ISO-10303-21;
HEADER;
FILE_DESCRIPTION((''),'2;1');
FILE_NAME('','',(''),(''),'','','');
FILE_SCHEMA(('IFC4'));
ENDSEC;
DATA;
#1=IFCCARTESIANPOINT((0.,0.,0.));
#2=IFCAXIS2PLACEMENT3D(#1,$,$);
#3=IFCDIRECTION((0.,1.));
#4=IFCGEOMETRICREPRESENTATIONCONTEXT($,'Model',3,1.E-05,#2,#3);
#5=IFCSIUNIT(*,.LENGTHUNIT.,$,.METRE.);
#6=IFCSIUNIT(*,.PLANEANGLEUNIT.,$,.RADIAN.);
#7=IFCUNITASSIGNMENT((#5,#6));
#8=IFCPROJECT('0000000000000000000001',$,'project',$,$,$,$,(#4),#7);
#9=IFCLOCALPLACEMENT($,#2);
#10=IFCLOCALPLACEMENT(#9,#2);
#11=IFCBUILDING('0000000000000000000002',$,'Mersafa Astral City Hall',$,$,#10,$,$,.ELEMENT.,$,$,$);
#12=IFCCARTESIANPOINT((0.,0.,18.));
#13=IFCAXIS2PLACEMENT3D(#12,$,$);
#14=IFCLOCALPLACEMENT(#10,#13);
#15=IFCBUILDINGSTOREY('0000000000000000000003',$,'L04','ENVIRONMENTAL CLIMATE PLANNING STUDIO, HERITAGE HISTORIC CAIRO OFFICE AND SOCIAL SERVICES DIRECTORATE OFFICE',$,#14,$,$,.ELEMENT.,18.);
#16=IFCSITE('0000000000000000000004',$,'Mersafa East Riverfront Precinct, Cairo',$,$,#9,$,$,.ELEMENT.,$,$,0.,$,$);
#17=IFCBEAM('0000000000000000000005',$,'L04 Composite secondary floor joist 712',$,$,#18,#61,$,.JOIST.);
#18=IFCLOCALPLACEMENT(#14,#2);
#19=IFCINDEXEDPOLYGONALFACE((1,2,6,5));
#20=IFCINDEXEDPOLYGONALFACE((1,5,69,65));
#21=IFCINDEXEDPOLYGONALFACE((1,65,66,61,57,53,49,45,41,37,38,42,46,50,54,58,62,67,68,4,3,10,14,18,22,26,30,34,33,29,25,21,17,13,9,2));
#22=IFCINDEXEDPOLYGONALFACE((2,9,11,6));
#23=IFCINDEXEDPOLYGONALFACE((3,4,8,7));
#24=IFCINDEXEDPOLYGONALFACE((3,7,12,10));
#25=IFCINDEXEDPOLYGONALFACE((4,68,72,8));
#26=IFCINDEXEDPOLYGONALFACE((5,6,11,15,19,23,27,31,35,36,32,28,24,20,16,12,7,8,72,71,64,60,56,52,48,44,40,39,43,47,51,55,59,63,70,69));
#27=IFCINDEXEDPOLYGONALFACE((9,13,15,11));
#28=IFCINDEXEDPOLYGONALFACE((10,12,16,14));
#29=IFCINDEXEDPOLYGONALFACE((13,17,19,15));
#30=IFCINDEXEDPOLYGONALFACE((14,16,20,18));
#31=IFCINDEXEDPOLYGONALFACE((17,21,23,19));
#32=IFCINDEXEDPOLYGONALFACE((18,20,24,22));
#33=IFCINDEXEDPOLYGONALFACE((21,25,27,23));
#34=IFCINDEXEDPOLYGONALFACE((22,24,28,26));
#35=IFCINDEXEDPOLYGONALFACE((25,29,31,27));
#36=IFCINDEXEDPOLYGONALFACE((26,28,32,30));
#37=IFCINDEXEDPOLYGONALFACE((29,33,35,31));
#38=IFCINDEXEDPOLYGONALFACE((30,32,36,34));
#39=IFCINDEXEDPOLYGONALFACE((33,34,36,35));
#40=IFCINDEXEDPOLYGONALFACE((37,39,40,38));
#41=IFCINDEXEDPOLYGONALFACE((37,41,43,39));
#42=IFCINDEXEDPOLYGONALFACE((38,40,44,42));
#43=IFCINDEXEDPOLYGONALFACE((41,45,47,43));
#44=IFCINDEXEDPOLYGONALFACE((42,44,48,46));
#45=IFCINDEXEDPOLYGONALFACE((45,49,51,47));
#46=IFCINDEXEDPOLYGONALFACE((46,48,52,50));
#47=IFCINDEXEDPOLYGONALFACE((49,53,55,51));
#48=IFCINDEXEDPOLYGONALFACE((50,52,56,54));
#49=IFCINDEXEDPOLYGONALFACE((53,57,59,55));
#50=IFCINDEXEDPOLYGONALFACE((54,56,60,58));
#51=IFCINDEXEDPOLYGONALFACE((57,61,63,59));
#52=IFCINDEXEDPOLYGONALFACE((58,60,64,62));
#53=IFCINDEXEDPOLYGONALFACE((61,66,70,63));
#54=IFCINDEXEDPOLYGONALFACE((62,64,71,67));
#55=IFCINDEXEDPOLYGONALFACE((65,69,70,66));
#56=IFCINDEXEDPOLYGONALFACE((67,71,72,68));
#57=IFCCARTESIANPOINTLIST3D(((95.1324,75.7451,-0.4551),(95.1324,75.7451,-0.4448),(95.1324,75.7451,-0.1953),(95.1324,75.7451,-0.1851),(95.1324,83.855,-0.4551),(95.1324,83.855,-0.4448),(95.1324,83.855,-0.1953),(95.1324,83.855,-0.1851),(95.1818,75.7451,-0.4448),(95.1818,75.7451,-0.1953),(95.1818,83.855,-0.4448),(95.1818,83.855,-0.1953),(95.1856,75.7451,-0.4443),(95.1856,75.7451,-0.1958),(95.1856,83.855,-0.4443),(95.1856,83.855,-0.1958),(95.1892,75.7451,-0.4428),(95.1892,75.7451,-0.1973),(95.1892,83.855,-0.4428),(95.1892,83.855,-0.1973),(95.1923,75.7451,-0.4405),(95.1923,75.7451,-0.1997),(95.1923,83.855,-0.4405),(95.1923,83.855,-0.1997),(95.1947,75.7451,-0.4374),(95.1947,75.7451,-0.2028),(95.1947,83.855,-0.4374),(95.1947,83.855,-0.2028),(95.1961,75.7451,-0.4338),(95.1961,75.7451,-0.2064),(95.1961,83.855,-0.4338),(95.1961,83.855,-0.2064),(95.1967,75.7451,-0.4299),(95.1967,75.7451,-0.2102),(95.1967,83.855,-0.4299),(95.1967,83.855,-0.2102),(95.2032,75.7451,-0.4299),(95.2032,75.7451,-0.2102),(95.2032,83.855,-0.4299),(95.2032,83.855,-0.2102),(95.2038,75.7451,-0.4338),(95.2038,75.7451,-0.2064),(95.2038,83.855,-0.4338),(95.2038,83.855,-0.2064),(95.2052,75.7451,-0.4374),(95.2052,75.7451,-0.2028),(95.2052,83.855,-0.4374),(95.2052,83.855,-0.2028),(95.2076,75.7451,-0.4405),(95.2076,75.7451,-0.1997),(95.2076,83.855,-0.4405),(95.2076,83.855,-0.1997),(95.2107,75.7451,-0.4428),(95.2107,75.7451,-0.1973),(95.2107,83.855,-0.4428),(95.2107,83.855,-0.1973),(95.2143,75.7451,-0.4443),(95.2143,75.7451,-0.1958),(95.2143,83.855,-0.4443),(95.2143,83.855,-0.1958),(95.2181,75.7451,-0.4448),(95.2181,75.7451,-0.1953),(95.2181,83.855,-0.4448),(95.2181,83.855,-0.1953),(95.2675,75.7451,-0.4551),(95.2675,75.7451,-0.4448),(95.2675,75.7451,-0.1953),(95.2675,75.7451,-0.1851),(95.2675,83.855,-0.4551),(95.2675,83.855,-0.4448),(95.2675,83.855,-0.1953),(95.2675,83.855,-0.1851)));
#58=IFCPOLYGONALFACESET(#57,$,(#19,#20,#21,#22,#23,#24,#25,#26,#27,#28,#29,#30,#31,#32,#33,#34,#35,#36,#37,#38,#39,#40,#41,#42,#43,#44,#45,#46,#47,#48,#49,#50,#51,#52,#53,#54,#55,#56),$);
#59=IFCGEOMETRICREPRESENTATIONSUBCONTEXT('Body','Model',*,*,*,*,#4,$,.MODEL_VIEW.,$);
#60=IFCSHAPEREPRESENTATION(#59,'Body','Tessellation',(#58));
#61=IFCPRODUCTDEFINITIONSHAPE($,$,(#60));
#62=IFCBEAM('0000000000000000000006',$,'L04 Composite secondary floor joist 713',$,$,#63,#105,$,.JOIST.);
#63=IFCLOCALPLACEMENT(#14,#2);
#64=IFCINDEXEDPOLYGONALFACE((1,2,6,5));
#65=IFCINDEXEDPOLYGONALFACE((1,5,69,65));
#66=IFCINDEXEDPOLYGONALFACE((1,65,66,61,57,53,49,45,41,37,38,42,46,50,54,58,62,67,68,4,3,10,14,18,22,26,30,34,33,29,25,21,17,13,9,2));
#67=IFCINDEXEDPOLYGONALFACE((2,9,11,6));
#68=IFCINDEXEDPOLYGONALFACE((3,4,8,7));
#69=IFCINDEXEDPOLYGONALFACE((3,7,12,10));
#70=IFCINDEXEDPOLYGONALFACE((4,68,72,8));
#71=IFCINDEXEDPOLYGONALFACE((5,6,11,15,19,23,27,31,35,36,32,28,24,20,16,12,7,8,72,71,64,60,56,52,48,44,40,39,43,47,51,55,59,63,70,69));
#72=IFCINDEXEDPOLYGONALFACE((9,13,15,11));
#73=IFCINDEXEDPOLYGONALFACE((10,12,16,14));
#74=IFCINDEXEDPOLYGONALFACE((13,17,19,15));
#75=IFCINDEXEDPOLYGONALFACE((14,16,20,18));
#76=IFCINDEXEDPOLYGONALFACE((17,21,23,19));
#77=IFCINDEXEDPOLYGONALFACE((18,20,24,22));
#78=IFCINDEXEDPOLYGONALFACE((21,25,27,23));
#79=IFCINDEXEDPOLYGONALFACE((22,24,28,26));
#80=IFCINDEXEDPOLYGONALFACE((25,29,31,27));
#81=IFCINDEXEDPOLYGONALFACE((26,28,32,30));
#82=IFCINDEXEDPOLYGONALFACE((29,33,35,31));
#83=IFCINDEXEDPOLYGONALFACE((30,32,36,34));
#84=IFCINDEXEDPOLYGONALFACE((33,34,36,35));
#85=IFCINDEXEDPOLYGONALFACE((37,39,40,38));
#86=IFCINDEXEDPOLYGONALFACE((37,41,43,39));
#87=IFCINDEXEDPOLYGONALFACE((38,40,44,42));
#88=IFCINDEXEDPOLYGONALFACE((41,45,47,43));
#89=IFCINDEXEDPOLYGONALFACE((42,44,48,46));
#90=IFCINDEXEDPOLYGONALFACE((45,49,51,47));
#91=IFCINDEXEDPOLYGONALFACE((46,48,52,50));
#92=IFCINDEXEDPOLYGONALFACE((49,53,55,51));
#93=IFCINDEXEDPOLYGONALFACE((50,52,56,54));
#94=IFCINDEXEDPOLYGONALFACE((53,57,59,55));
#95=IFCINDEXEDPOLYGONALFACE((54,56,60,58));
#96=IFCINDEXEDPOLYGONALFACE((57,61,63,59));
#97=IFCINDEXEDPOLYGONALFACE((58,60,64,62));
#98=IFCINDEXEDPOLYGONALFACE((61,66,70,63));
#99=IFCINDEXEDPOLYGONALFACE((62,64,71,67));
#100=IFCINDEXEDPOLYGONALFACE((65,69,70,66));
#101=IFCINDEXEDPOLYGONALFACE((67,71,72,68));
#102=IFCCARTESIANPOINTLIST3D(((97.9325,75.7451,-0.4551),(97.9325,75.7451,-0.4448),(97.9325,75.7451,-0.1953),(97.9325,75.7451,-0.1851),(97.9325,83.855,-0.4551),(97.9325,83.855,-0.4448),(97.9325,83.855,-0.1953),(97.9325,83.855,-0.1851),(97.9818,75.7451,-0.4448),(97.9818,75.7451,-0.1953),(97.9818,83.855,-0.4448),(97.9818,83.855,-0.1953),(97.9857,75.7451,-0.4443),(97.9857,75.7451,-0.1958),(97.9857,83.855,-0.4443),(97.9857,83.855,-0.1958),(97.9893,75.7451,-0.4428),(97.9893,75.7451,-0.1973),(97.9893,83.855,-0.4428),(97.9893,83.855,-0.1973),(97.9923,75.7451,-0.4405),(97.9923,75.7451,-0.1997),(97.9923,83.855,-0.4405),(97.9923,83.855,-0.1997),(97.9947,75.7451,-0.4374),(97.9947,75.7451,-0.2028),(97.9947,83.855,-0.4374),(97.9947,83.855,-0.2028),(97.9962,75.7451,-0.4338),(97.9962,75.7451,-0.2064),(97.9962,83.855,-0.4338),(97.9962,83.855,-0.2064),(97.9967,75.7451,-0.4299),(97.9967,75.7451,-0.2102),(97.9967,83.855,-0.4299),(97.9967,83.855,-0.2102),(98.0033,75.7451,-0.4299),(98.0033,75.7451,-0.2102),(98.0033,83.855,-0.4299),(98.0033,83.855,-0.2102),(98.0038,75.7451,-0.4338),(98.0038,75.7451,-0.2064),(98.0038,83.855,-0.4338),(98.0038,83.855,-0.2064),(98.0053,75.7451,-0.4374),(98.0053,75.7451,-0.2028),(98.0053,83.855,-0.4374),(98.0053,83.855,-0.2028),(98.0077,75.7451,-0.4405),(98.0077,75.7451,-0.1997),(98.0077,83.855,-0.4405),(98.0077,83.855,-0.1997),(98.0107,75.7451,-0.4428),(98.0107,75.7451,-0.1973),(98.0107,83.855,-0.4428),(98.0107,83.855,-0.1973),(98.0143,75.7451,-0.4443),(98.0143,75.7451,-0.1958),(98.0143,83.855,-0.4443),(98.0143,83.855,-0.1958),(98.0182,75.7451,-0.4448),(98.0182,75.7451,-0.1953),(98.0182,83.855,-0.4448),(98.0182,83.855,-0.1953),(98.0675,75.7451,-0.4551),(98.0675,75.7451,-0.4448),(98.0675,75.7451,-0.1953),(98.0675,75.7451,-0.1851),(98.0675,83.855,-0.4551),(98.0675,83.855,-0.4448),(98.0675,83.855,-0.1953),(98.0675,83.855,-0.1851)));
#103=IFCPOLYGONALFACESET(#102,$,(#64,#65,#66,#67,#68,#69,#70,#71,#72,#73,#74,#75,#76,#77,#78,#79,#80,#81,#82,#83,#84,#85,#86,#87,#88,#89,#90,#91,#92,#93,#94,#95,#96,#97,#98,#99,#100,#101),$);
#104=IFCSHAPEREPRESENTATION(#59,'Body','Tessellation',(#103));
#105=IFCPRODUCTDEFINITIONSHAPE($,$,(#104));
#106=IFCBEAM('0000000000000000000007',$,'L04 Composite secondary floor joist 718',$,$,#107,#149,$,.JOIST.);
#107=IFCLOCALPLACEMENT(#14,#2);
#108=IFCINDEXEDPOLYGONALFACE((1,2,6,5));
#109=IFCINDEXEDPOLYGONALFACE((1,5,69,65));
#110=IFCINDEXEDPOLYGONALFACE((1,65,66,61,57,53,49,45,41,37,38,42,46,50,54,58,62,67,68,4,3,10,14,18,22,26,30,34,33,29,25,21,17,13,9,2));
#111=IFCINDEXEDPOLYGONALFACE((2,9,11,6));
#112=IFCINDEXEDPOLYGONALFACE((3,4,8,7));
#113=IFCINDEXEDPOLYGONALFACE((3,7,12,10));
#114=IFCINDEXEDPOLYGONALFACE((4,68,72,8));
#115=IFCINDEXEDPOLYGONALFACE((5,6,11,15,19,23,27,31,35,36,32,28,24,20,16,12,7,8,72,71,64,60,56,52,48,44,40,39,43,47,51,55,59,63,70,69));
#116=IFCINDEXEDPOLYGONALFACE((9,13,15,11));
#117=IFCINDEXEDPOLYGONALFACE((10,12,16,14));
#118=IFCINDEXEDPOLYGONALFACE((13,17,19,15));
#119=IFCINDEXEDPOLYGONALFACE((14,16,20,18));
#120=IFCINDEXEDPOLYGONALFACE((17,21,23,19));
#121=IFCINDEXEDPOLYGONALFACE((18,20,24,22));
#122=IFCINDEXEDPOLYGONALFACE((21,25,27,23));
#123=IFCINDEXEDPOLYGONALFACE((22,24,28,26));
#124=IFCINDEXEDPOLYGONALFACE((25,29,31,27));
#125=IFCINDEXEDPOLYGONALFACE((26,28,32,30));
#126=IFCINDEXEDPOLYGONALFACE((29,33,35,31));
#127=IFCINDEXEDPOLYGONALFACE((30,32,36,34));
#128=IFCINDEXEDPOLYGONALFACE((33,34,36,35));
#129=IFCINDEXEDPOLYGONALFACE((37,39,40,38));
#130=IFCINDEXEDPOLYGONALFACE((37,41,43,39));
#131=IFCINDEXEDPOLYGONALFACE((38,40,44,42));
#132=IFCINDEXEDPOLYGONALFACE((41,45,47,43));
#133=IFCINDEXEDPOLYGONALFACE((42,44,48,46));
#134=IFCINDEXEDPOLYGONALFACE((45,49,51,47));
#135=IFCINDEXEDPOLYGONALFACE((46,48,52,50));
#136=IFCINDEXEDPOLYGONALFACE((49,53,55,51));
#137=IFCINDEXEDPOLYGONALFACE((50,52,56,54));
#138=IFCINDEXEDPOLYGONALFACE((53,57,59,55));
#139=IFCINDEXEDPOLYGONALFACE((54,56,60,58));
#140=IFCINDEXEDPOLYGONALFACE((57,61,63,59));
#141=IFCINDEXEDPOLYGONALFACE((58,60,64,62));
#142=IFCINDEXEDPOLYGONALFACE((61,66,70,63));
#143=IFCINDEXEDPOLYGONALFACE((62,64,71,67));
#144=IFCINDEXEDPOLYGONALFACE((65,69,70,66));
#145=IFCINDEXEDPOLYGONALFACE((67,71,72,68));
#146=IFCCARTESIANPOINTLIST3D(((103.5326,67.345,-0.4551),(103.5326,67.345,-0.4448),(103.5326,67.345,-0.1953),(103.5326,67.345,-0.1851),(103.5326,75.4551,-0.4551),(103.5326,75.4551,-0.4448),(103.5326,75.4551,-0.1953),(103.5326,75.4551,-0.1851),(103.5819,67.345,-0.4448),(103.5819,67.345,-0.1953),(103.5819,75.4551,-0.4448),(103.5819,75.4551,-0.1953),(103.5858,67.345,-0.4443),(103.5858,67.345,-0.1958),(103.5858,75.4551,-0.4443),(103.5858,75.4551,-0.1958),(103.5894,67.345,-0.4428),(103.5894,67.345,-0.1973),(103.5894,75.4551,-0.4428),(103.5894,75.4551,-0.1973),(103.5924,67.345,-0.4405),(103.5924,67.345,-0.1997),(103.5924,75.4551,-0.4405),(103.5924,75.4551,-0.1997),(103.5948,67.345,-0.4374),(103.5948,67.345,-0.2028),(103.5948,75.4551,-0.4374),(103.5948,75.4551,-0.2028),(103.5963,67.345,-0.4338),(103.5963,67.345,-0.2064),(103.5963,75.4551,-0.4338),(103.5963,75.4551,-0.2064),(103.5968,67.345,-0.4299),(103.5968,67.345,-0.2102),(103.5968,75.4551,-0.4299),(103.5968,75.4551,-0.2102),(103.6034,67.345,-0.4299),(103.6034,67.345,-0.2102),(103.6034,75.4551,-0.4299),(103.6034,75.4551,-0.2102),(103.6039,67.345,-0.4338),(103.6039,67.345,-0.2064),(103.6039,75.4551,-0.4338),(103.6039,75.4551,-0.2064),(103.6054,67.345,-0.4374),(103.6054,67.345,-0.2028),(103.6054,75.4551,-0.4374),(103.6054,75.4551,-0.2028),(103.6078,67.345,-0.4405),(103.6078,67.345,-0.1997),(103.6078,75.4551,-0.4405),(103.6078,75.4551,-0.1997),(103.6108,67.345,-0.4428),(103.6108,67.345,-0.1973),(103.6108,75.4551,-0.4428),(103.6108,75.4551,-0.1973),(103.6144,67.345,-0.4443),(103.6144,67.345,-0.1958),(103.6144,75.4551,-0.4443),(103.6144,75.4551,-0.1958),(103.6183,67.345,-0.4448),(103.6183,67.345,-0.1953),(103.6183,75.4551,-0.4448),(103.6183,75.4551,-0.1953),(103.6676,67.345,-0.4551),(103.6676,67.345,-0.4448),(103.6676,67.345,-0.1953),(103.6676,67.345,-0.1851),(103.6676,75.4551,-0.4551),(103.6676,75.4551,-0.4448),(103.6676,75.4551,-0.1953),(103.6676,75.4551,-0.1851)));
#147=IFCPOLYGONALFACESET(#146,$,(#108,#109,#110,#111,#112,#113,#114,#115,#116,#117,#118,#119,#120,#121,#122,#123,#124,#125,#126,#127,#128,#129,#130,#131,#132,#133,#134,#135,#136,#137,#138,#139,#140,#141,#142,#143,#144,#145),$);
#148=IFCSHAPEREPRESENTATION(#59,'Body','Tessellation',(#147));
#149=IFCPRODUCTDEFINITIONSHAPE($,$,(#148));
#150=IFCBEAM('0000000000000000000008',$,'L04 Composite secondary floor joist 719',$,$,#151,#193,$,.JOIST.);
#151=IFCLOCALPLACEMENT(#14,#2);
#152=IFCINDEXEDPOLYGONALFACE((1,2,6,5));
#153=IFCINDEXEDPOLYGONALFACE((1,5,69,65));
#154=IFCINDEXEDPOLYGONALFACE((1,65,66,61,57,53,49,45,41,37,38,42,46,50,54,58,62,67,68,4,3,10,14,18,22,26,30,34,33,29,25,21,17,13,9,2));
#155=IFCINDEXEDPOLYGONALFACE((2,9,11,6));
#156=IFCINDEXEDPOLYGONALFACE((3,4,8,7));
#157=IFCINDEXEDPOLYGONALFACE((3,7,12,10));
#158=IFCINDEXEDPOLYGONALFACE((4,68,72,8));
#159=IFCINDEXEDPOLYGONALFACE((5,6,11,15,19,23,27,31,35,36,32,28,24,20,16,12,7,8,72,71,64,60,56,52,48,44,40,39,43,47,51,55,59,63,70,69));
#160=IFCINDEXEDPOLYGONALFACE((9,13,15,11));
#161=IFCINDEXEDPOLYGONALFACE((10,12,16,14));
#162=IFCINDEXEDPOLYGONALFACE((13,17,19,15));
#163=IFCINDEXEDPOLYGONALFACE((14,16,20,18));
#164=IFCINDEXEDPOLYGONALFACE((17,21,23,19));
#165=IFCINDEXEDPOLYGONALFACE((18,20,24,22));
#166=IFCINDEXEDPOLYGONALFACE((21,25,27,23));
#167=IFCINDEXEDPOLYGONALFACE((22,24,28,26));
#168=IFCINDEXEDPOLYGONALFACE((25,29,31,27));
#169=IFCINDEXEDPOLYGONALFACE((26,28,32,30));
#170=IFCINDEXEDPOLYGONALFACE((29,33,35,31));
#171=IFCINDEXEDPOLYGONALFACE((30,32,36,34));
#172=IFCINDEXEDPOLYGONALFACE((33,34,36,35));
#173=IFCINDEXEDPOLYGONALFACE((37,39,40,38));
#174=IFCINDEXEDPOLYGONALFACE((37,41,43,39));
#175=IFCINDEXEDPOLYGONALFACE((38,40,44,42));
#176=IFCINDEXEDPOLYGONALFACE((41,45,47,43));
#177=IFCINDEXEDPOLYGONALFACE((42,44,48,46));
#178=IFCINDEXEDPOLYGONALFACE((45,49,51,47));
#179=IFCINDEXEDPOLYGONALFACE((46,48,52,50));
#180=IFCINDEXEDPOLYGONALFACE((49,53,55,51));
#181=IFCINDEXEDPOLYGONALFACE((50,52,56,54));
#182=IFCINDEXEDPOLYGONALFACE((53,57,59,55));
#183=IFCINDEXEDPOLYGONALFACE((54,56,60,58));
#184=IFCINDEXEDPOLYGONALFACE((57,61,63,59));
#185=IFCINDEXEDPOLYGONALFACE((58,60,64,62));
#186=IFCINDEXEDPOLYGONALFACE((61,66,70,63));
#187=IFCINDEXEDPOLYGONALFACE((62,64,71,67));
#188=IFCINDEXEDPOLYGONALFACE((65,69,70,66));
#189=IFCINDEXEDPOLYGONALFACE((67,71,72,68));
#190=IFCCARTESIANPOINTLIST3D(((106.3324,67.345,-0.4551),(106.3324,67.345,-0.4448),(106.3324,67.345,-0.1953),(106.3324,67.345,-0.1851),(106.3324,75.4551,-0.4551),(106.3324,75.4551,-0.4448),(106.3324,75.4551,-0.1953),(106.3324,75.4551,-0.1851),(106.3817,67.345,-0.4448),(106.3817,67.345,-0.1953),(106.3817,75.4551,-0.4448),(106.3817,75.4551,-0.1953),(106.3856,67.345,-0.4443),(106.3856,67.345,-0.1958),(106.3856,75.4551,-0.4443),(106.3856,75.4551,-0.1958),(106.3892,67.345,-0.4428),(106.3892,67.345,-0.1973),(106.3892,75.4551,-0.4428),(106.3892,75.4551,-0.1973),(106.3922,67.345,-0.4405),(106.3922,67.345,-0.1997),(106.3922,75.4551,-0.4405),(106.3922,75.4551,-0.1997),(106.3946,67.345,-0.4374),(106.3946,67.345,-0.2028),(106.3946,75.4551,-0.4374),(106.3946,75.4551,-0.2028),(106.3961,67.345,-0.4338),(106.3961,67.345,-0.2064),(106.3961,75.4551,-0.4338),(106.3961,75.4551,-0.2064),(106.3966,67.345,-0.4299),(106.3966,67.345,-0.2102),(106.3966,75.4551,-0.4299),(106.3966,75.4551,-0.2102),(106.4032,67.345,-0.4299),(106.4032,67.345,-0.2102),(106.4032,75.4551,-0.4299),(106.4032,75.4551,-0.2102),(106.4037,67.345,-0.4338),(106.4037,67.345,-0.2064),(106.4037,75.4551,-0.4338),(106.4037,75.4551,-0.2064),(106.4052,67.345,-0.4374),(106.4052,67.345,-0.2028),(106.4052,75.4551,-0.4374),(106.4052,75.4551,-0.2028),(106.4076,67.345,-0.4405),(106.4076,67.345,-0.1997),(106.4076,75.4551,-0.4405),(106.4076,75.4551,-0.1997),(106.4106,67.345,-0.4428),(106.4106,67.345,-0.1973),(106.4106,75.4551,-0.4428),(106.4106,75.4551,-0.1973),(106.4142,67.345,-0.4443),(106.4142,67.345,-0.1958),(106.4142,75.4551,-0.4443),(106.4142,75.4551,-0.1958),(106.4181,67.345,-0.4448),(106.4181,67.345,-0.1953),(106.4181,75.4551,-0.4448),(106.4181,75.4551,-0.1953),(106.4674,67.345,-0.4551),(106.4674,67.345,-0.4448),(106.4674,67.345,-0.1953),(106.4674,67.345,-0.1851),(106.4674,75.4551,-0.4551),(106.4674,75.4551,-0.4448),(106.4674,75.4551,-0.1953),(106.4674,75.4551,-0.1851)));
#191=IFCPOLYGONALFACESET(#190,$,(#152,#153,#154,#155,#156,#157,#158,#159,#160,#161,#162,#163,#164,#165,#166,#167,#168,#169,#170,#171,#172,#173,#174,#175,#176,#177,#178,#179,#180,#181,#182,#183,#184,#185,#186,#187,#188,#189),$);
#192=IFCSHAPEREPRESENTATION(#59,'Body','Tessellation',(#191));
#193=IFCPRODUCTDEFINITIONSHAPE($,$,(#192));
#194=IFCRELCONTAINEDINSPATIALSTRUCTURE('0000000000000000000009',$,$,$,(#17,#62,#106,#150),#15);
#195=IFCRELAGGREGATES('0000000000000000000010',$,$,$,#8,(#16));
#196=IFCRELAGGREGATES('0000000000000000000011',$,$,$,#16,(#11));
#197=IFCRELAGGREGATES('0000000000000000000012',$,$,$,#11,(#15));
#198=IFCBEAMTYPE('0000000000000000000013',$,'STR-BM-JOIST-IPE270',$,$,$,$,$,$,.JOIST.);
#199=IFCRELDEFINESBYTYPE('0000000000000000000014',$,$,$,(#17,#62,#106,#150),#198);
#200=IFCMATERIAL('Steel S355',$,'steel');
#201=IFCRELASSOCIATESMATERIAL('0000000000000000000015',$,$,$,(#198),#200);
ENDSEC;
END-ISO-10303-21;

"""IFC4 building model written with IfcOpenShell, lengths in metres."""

from ifc_helpers import new_model, si_unit, direction, frame, origin, origin_2d, place, context, subcontext, project, spatial, i_section, extrude, material, material_profile, profile_set, type_object, element, save


model = new_model("IFC4")

# Units and contexts
model_context = context("Model", 3, precision=1e-05, world=origin(), true_north=direction((0.0, 1.0)))
body_context = subcontext(model_context, "Body", "Model", "MODEL_VIEW")
ifc_project = project(units=[si_unit("LENGTHUNIT", "METRE"), si_unit("PLANEANGLEUNIT", "RADIAN")], contexts=[model_context])

# Site, building, storey
site_placement = place(None, origin())
site = spatial("IfcSite", under=ifc_project, at=site_placement, Name="Mersafa East Riverfront Precinct, Cairo", CompositionType="ELEMENT", RefElevation=0.0)
building_placement = place(site_placement, origin())
building = spatial("IfcBuilding", under=site, at=building_placement, Name="Mersafa Astral City Hall", CompositionType="ELEMENT")
storey_placement = place(building_placement, frame((0.0, 0.0, 18.0)))
storey = spatial("IfcBuildingStorey", under=building, at=storey_placement, Name="L04", Description="ENVIRONMENTAL CLIMATE PLANNING STUDIO, HERITAGE HISTORIC CAIRO OFFICE AND SOCIAL SERVICES DIRECTORATE OFFICE", CompositionType="ELEMENT", Elevation=18.0)

# Beams
ifc_material_1 = material(Name="Steel S355", Category="steel")
ifc_material_profile_1 = material_profile(ifc_material_1, i_section(OverallWidth=0.135, OverallDepth=0.27, WebThickness=0.0066, FlangeThickness=0.0103, FilletRadius=0.0149, at=origin_2d()), Name="IPE 270")
ifc_profile_set_1 = profile_set([ifc_material_profile_1], Name="Steel S355")
beam_type_1 = type_object("IfcBeamType", Name="STR-BM-JOIST-IPE270", PredefinedType="JOIST", material=ifc_profile_set_1)
for number, where, z_axis, x_axis, name in (
    (1, (95.2, 75.7451, -0.3201), (0.0, 1.0, 0.0), (-1.0, 0.0, 0.0), "L04 Composite secondary floor joist 712"),
    (2, (98.0, 75.7451, -0.3201), (0.0, 1.0, 0.0), (-1.0, 0.0, 0.0), "L04 Composite secondary floor joist 713"),
):
    element("IfcBeam", number, at=place(storey_placement, frame(where, z_axis=z_axis, x_axis=x_axis)), inside=storey, type_object=beam_type_1, Name=name, PredefinedType="JOIST", context=body_context, shape_type="SweptSolid", body=[
        extrude(i_section(OverallWidth=0.135, OverallDepth=0.27, WebThickness=0.0066, FlangeThickness=0.0103, FilletRadius=0.0149, at=origin_2d()), origin(), (0.0, 0.0, 1.0), 8.1099),
    ])
for number, where, z_axis, x_axis, name in (
    (3, (103.6001, 67.345, -0.3201), (0.0, 1.0, 0.0), (-1.0, 0.0, 0.0), "L04 Composite secondary floor joist 718"),
    (4, (106.3999, 67.345, -0.3201), (0.0, 1.0, 0.0), (-1.0, 0.0, 0.0), "L04 Composite secondary floor joist 719"),
):
    element("IfcBeam", number, at=place(storey_placement, frame(where, z_axis=z_axis, x_axis=x_axis)), inside=storey, type_object=beam_type_1, Name=name, PredefinedType="JOIST", context=body_context, shape_type="SweptSolid", body=[
        extrude(i_section(OverallWidth=0.135, OverallDepth=0.27, WebThickness=0.0066, FlangeThickness=0.0103, FilletRadius=0.0149, at=origin_2d()), origin(), (0.0, 0.0, 1.0), 8.1101),
    ])

save(model, "model.ifc")
